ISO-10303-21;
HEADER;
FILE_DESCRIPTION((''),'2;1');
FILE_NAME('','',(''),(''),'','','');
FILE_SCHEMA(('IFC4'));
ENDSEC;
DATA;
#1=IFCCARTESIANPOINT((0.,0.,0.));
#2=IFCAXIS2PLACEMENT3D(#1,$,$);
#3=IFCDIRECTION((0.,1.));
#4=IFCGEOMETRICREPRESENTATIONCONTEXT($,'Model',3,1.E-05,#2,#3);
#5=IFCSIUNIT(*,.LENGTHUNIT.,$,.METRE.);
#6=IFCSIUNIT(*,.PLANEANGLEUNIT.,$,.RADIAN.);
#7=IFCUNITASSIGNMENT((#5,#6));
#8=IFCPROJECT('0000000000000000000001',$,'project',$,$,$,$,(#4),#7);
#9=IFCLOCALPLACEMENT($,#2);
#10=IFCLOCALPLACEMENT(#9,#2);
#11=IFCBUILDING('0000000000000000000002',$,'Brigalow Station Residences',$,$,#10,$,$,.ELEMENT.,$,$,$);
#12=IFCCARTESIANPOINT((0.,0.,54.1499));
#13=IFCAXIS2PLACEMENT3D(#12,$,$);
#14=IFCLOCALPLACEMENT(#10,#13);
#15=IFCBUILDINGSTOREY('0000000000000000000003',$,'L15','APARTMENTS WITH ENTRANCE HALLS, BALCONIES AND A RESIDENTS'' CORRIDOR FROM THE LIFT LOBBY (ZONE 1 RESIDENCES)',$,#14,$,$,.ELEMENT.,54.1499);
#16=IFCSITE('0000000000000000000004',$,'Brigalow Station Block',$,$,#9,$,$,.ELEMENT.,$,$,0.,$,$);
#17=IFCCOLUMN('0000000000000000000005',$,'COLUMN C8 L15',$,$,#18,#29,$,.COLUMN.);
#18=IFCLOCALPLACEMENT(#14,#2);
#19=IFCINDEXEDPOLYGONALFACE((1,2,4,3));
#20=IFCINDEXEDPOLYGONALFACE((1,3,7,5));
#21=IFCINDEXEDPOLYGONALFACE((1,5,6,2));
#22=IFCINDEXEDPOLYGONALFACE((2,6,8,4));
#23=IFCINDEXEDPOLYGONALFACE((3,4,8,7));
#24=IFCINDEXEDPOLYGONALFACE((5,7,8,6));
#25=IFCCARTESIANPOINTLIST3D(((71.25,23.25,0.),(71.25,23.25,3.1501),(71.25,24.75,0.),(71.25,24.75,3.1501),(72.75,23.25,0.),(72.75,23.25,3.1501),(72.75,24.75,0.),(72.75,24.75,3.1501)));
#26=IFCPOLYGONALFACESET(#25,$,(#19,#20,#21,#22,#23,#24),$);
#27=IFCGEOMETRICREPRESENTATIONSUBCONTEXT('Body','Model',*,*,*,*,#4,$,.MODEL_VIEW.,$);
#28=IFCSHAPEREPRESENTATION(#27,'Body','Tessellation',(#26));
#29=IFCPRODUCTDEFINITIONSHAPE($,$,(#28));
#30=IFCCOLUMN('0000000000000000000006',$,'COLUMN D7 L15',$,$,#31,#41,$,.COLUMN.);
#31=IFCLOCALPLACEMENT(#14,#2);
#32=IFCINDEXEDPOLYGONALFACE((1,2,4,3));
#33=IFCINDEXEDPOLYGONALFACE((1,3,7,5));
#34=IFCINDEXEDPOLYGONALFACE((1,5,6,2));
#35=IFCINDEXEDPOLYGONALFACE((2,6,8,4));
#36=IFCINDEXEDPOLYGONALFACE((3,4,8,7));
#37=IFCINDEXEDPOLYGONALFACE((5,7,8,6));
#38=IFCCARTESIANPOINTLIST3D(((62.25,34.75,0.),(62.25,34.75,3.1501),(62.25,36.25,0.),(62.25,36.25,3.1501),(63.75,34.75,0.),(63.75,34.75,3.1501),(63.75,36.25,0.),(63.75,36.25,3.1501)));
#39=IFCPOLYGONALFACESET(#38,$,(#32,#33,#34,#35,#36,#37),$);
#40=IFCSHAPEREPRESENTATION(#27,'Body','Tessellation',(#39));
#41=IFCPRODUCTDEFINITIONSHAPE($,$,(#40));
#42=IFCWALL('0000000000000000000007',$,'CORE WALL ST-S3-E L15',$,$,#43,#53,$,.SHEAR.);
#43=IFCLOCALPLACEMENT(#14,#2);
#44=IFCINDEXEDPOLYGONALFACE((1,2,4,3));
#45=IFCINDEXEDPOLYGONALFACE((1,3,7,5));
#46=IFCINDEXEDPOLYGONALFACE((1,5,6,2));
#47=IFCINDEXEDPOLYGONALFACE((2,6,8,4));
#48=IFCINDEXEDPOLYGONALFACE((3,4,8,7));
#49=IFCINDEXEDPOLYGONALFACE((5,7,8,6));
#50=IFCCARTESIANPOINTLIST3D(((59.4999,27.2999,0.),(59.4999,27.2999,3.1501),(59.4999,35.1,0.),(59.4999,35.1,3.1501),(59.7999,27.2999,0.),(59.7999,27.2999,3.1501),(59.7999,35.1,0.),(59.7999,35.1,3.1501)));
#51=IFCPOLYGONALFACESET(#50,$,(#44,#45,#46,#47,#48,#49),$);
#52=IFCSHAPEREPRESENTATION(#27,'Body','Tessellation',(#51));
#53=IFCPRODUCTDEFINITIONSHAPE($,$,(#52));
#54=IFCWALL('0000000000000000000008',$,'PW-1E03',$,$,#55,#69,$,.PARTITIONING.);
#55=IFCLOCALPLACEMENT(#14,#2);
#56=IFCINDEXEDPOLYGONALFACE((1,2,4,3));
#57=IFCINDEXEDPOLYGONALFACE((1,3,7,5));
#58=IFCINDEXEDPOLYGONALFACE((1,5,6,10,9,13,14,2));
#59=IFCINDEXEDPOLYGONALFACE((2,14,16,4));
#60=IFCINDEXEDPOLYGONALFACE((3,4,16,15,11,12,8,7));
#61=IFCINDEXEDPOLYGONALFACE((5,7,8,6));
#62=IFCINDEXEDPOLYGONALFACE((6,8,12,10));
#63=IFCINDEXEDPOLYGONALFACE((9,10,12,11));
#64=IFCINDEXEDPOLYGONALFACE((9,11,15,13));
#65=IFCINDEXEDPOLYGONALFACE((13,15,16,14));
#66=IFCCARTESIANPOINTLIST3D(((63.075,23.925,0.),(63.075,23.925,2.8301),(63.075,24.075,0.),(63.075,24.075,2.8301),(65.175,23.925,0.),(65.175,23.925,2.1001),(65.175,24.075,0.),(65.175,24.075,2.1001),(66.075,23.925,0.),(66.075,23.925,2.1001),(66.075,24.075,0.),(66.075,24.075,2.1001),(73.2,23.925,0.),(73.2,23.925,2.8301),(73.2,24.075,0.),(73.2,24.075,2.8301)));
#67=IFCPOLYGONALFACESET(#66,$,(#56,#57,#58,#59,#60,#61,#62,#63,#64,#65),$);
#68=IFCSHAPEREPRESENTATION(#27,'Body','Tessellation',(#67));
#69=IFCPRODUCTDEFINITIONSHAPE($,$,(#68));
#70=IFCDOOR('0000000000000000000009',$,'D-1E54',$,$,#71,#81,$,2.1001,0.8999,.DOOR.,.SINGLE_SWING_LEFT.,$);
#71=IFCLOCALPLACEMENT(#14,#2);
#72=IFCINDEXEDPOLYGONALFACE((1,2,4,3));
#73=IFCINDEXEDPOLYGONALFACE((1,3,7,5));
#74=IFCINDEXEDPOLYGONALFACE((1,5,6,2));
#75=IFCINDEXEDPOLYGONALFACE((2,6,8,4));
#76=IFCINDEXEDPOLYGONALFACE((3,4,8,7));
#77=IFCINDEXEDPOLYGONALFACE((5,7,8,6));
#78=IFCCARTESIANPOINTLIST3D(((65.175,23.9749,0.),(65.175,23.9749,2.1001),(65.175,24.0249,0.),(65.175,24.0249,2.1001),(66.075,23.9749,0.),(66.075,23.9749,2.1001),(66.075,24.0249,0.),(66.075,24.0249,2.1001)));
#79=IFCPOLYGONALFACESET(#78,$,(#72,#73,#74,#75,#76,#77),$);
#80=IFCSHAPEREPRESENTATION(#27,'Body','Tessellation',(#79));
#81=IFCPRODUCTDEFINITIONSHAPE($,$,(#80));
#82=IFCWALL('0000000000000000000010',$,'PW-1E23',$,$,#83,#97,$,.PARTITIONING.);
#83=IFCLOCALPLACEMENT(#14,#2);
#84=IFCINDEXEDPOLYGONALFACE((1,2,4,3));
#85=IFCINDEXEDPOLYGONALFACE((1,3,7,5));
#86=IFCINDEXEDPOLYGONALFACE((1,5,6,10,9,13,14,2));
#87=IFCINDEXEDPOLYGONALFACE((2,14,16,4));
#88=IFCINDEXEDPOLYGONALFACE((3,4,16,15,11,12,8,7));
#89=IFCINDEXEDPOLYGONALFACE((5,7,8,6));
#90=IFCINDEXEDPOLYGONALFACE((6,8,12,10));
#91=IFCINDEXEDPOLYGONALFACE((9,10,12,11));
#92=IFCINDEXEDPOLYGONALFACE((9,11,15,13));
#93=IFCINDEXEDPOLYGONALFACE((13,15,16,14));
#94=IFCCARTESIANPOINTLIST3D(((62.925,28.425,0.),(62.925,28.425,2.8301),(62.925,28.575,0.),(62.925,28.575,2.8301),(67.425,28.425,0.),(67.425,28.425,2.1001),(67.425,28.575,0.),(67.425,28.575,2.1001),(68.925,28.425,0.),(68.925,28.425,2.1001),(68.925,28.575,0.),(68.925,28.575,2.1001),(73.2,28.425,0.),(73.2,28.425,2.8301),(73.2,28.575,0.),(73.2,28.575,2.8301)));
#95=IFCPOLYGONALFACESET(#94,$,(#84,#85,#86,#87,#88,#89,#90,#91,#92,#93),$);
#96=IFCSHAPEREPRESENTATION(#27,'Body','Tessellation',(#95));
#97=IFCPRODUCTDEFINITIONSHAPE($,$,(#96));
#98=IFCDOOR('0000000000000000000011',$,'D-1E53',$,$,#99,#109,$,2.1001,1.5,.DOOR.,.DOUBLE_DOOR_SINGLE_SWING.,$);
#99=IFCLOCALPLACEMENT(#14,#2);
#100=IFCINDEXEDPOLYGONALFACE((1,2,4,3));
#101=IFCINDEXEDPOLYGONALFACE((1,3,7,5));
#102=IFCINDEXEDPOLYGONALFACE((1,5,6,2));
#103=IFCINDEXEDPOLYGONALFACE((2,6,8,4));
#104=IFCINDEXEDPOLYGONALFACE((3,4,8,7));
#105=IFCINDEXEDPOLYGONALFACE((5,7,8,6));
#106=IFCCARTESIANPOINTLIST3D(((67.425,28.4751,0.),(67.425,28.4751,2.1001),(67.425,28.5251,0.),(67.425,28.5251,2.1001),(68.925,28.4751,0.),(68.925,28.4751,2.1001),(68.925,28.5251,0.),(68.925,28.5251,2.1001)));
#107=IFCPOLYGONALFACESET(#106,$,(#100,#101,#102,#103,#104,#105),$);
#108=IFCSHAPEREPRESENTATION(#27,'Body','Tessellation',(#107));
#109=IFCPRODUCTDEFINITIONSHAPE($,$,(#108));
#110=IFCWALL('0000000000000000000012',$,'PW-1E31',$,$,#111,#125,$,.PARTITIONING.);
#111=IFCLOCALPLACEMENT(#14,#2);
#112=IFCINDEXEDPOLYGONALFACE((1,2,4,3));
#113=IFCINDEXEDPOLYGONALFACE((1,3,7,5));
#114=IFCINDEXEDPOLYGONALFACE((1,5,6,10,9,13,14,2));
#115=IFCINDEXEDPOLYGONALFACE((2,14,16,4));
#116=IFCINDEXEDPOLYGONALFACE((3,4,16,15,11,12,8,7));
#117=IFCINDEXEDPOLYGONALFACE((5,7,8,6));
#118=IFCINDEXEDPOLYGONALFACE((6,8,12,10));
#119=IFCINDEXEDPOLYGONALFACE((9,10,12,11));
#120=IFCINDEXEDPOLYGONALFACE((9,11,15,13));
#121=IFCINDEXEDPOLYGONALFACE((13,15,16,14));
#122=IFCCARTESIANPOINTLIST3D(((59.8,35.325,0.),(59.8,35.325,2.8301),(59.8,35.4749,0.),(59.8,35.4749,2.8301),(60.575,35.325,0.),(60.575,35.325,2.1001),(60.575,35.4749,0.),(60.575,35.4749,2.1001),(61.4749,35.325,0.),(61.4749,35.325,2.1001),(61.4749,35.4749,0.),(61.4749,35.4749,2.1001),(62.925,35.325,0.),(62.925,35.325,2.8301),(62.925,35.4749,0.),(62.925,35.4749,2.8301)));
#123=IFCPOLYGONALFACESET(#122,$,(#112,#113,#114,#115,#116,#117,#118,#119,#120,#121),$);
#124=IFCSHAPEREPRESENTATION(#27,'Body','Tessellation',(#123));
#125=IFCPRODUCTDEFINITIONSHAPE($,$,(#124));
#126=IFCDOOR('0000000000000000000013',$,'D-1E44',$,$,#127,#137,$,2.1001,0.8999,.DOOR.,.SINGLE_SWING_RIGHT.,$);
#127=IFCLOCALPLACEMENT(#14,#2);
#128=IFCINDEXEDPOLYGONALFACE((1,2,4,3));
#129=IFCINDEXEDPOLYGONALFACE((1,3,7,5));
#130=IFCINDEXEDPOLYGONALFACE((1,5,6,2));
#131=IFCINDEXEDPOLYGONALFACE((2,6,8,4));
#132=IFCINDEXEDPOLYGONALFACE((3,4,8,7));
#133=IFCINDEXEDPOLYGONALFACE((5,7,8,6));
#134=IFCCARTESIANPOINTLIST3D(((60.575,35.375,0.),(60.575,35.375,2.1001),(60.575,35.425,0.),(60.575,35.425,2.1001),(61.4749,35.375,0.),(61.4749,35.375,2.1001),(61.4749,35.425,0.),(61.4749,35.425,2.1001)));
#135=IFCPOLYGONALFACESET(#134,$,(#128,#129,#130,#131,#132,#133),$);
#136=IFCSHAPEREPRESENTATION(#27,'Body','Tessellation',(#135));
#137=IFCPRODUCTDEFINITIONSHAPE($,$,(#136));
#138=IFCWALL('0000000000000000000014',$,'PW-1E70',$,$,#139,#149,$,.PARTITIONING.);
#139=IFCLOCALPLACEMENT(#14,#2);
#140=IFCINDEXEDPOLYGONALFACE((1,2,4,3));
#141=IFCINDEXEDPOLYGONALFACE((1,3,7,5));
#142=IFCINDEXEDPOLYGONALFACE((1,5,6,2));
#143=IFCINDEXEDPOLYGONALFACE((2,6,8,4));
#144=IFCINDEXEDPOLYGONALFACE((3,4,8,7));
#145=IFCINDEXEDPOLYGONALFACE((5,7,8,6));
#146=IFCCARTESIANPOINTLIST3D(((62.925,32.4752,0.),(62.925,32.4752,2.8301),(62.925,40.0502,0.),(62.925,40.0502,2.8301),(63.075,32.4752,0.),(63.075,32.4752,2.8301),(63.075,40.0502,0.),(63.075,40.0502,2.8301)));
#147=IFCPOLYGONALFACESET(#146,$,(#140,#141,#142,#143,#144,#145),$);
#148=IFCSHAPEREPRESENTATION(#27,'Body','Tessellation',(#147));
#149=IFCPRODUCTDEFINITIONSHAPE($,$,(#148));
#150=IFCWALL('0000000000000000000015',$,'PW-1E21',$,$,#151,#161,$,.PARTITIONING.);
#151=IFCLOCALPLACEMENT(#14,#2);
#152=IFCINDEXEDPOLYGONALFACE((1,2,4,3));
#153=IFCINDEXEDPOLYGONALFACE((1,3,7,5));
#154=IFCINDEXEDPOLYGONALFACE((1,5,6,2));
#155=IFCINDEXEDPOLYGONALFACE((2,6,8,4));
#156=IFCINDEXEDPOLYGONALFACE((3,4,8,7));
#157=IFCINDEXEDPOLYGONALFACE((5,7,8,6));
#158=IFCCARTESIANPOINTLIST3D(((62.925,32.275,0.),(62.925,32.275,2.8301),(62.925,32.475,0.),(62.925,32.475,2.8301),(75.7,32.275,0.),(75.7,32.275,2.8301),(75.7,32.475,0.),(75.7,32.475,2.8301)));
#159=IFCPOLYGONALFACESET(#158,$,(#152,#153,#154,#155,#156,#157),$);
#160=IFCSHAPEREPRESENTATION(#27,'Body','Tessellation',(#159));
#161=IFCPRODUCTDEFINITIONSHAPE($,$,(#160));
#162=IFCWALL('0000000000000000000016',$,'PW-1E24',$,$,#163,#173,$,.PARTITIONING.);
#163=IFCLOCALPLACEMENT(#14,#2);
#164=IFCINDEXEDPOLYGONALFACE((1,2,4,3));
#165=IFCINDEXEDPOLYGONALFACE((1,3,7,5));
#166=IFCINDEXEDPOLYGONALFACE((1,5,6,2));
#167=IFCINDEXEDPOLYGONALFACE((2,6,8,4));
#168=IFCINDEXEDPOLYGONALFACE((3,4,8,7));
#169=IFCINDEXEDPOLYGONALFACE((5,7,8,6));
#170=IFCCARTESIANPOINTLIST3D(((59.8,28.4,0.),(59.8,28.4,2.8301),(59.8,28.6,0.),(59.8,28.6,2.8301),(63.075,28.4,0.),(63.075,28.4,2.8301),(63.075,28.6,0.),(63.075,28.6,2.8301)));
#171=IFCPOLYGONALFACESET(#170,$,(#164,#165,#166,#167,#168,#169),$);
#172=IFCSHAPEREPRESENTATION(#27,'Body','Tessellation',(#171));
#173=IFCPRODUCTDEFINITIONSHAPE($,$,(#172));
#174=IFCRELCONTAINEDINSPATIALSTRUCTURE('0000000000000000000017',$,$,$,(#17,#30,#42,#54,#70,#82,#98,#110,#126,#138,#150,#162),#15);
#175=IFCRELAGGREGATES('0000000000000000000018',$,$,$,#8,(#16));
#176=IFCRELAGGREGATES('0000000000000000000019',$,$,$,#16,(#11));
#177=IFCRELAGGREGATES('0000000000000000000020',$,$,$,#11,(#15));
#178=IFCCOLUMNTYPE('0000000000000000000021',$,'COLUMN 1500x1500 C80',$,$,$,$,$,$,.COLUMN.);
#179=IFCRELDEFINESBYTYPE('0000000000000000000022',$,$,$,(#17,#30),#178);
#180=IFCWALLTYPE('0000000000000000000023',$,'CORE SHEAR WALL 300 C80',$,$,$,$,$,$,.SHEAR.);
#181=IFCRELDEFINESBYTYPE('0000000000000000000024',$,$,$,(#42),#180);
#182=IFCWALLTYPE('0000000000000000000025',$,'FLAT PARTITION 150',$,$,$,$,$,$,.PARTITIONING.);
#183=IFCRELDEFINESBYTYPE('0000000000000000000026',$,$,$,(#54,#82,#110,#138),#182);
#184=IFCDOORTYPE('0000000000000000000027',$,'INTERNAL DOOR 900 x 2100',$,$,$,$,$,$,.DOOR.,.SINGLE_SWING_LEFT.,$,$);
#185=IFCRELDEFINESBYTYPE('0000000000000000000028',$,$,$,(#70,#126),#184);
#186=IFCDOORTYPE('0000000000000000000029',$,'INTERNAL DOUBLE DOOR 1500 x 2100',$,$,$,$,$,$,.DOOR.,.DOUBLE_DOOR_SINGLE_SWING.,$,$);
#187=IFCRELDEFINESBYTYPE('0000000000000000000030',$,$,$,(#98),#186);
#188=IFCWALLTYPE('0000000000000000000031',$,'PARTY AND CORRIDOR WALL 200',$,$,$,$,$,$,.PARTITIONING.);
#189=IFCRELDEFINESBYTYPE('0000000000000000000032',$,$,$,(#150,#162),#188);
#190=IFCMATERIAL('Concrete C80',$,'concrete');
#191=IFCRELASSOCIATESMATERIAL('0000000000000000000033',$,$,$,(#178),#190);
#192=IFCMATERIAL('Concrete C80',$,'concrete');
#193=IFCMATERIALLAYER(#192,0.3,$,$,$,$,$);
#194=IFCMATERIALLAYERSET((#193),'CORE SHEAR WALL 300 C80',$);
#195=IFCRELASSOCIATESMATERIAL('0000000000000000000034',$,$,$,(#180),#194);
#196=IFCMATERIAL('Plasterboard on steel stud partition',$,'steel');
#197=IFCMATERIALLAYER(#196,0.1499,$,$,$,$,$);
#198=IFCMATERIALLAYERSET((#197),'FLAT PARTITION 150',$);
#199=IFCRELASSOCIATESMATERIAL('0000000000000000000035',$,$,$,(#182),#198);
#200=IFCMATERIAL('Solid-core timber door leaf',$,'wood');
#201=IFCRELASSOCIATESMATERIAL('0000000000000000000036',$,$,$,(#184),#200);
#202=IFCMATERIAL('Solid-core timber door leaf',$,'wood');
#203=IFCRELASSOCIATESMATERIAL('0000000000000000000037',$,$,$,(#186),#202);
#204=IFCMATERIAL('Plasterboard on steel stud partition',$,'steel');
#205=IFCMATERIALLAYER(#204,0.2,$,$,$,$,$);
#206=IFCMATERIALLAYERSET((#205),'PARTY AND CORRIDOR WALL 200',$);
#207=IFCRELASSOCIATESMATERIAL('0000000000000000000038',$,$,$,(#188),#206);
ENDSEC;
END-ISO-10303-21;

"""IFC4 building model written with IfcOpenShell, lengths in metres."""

from ifc_helpers import new_model, si_unit, direction, frame, frame_2d, origin, origin_2d, place, context, subcontext, project, spatial, rectangle, extrude, material, layer, layer_set, material_profile, profile_set, type_object, element, fill, save


model = new_model("IFC4")

# Units and contexts
model_context = context("Model", 3, precision=1e-05, world=origin(), true_north=direction((0.0, 1.0)))
body_context = subcontext(model_context, "Body", "Model", "MODEL_VIEW")
ifc_project = project(units=[si_unit("LENGTHUNIT", "METRE"), si_unit("PLANEANGLEUNIT", "RADIAN")], contexts=[model_context])

# Site, building, storey
site_placement = place(None, origin())
site = spatial("IfcSite", under=ifc_project, at=site_placement, Name="Brigalow Station Block", CompositionType="ELEMENT", RefElevation=0.0)
building_placement = place(site_placement, origin())
building = spatial("IfcBuilding", under=site, at=building_placement, Name="Brigalow Station Residences", CompositionType="ELEMENT")
storey_placement = place(building_placement, frame((0.0, 0.0, 54.1499)))
storey = spatial("IfcBuildingStorey", under=building, at=storey_placement, Name="L15", Description="APARTMENTS WITH ENTRANCE HALLS, BALCONIES AND A RESIDENTS' CORRIDOR FROM THE LIFT LOBBY (ZONE 1 RESIDENCES)", CompositionType="ELEMENT", Elevation=54.1499)

# Columns
ifc_material_1 = material(Name="Concrete C80", Category="concrete")
ifc_material_profile = material_profile(ifc_material_1, rectangle(XDim=1.5, YDim=1.5, at=origin_2d()), Name="RC1500x1500")
ifc_profile_set = profile_set([ifc_material_profile], Name="Concrete C80")
column_type = type_object("IfcColumnType", Name="COLUMN 1500x1500 C80", PredefinedType="COLUMN", material=ifc_profile_set)
for number, where, z_axis, x_axis, name in (
    (1, (72.0, 24.0, 0.0), (0.0, 0.0, 1.0), (1.0, 0.0, 0.0), "COLUMN C8 L15"),
    (2, (63.0, 35.5, 0.0), (0.0, 0.0, 1.0), (1.0, 0.0, 0.0), "COLUMN D7 L15"),
):
    element("IfcColumn", number, at=place(storey_placement, frame(where, z_axis=z_axis, x_axis=x_axis)), inside=storey, type_object=column_type, Name=name, PredefinedType="COLUMN", context=body_context, shape_type="SweptSolid", body=[
        extrude(rectangle(XDim=1.5, YDim=1.5, at=origin_2d()), origin(), (0.0, 0.0, 1.0), 3.1501),
    ])

# Wall
ifc_material_2 = material(Name="Concrete C80", Category="concrete")
ifc_layer_1 = layer(ifc_material_2, 0.3)
ifc_layer_set_1 = layer_set([ifc_layer_1], Name="CORE SHEAR WALL 300 C80")
wall_type_1 = type_object("IfcWallType", Name="CORE SHEAR WALL 300 C80", PredefinedType="SHEAR", material=ifc_layer_set_1)
wall_1_placement = place(storey_placement, frame((59.6499, 27.3, 0.0), z_axis=(0.0, 0.0, 1.0), x_axis=(0.0, 1.0, 0.0)))
element("IfcWall", 3, at=wall_1_placement, inside=storey, type_object=wall_type_1, Name="CORE WALL ST-S3-E L15", PredefinedType="SHEAR", context=body_context, shape_type="SweptSolid", body=[
    extrude(rectangle(XDim=7.8, YDim=0.3, at=frame_2d((3.8999, 0.0))), origin(), (0.0, 0.0, 1.0), 3.1501),
])

# Walls, openings, doors
ifc_material_3 = material(Name="Plasterboard on steel stud partition", Category="steel")
ifc_layer_2 = layer(ifc_material_3, 0.1499)
ifc_layer_set_2 = layer_set([ifc_layer_2], Name="FLAT PARTITION 150")
wall_type_2 = type_object("IfcWallType", Name="FLAT PARTITION 150", PredefinedType="PARTITIONING", material=ifc_layer_set_2)
wall_2_placement = place(storey_placement, frame((63.075, 24.0, 0.0), z_axis=(0.0, 0.0, 1.0), x_axis=(1.0, 0.0, 0.0)))
wall_2 = element("IfcWall", 4, at=wall_2_placement, inside=storey, type_object=wall_type_2, Name="PW-1E03", PredefinedType="PARTITIONING", context=body_context, shape_type="SweptSolid", body=[
    extrude(rectangle(XDim=10.125, YDim=0.1499, at=frame_2d((5.0625, 0.0))), origin(), (0.0, 0.0, 1.0), 2.8301),
])
opening_1_placement = place(wall_2_placement, frame((2.1001, 0.0, 0.0)))
opening_1 = element("IfcOpeningElement", 5, at=opening_1_placement, cuts=wall_2, PredefinedType="OPENING", context=body_context, shape_type="SweptSolid", body=[
    extrude(rectangle(XDim=0.8999, YDim=2.1001, at=frame_2d((0.45, 1.05))), frame((0.0, 0.085, 0.0), z_axis=(0.0, -1.0, 0.0), x_axis=(1.0, 0.0, 0.0)), (0.0, 0.0, 1.0), 0.1699),
])
ifc_material_4 = material(Name="Solid-core timber door leaf", Category="wood")
door_type_1 = type_object("IfcDoorType", Name="INTERNAL DOOR 900 x 2100", OperationType="SINGLE_SWING_LEFT", PredefinedType="DOOR", material=ifc_material_4)
door_1_placement = place(opening_1_placement, origin())
door_1 = element("IfcDoor", 6, at=door_1_placement, inside=storey, type_object=door_type_1, Name="D-1E54", OperationType="SINGLE_SWING_LEFT", OverallHeight=2.1001, OverallWidth=0.8999, PredefinedType="DOOR", context=body_context, shape_type="SweptSolid", body=[
    extrude(rectangle(XDim=0.8999, YDim=2.1001, at=frame_2d((0.45, 1.05))), frame((0.0, 0.0249, 0.0), z_axis=(0.0, -1.0, 0.0), x_axis=(1.0, 0.0, 0.0)), (0.0, 0.0, 1.0), 0.05),
])
fill(opening_1, door_1)
wall_3_placement = place(storey_placement, frame((62.925, 28.5, 0.0), z_axis=(0.0, 0.0, 1.0), x_axis=(1.0, 0.0, 0.0)))
wall_3 = element("IfcWall", 7, at=wall_3_placement, inside=storey, type_object=wall_type_2, Name="PW-1E23", PredefinedType="PARTITIONING", context=body_context, shape_type="SweptSolid", body=[
    extrude(rectangle(XDim=10.2749, YDim=0.1499, at=frame_2d((5.1375, 0.0))), origin(), (0.0, 0.0, 1.0), 2.8301),
])
opening_2_placement = place(wall_3_placement, frame((4.5, 0.0, 0.0)))
opening_2 = element("IfcOpeningElement", 8, at=opening_2_placement, cuts=wall_3, PredefinedType="OPENING", context=body_context, shape_type="SweptSolid", body=[
    extrude(rectangle(XDim=1.5, YDim=2.1001, at=frame_2d((0.75, 1.05))), frame((0.0, 0.085, 0.0), z_axis=(0.0, -1.0, 0.0), x_axis=(1.0, 0.0, 0.0)), (0.0, 0.0, 1.0), 0.1699),
])
ifc_material_5 = material(Name="Solid-core timber door leaf", Category="wood")
door_type_2 = type_object("IfcDoorType", Name="INTERNAL DOUBLE DOOR 1500 x 2100", OperationType="DOUBLE_DOOR_SINGLE_SWING", PredefinedType="DOOR", material=ifc_material_5)
door_2_placement = place(opening_2_placement, frame((1.5, 0.0, 0.0), z_axis=(0.0, 0.0, 1.0), x_axis=(-1.0, 0.0, 0.0)))
door_2 = element("IfcDoor", 9, at=door_2_placement, inside=storey, type_object=door_type_2, Name="D-1E53", OperationType="DOUBLE_DOOR_SINGLE_SWING", OverallHeight=2.1001, OverallWidth=1.5, PredefinedType="DOOR", context=body_context, shape_type="SweptSolid", body=[
    extrude(rectangle(XDim=1.5, YDim=2.1001, at=frame_2d((0.75, 1.05))), frame((0.0, 0.0249, 0.0), z_axis=(0.0, -1.0, 0.0), x_axis=(1.0, 0.0, 0.0)), (0.0, 0.0, 1.0), 0.05),
])
fill(opening_2, door_2)
wall_4_placement = place(storey_placement, frame((59.8, 35.3999, 0.0), z_axis=(0.0, 0.0, 1.0), x_axis=(1.0, 0.0, 0.0)))
wall_4 = element("IfcWall", 10, at=wall_4_placement, inside=storey, type_object=wall_type_2, Name="PW-1E31", PredefinedType="PARTITIONING", context=body_context, shape_type="SweptSolid", body=[
    extrude(rectangle(XDim=3.125, YDim=0.1499, at=frame_2d((1.5625, 0.0))), origin(), (0.0, 0.0, 1.0), 2.8301),
])
opening_3_placement = place(wall_4_placement, frame((0.7749, 0.0, 0.0)))
opening_3 = element("IfcOpeningElement", 11, at=opening_3_placement, cuts=wall_4, PredefinedType="OPENING", context=body_context, shape_type="SweptSolid", body=[
    extrude(rectangle(XDim=0.8999, YDim=2.1001, at=frame_2d((0.45, 1.05))), frame((0.0, 0.085, 0.0), z_axis=(0.0, -1.0, 0.0), x_axis=(1.0, 0.0, 0.0)), (0.0, 0.0, 1.0), 0.1699),
])
door_3_placement = place(opening_3_placement, frame((0.8999, 0.0, 0.0), z_axis=(0.0, 0.0, 1.0), x_axis=(-1.0, 0.0, 0.0)))
door_3 = element("IfcDoor", 12, at=door_3_placement, inside=storey, type_object=door_type_1, Name="D-1E44", OperationType="SINGLE_SWING_RIGHT", OverallHeight=2.1001, OverallWidth=0.8999, PredefinedType="DOOR", context=body_context, shape_type="SweptSolid", body=[
    extrude(rectangle(XDim=0.8999, YDim=2.1001, at=frame_2d((0.45, 1.05))), frame((0.0, 0.0249, 0.0), z_axis=(0.0, -1.0, 0.0), x_axis=(1.0, 0.0, 0.0)), (0.0, 0.0, 1.0), 0.05),
])
fill(opening_3, door_3)

# Walls
wall_5_placement = place(storey_placement, frame((63.0, 32.4751, 0.0), z_axis=(0.0, 0.0, 1.0), x_axis=(0.0, 1.0, 0.0)))
element("IfcWall", 13, at=wall_5_placement, inside=storey, type_object=wall_type_2, Name="PW-1E70", PredefinedType="PARTITIONING", context=body_context, shape_type="SweptSolid", body=[
    extrude(rectangle(XDim=7.575, YDim=0.1499, at=frame_2d((3.7876, 0.0))), origin(), (0.0, 0.0, 1.0), 2.8301),
])
ifc_material_6 = material(Name="Plasterboard on steel stud partition", Category="steel")
ifc_layer_3 = layer(ifc_material_6, 0.2)
ifc_layer_set_3 = layer_set([ifc_layer_3], Name="PARTY AND CORRIDOR WALL 200")
wall_type_3 = type_object("IfcWallType", Name="PARTY AND CORRIDOR WALL 200", PredefinedType="PARTITIONING", material=ifc_layer_set_3)
wall_6_placement = place(storey_placement, frame((62.925, 32.375, 0.0), z_axis=(0.0, 0.0, 1.0), x_axis=(1.0, 0.0, 0.0)))
element("IfcWall", 14, at=wall_6_placement, inside=storey, type_object=wall_type_3, Name="PW-1E21", PredefinedType="PARTITIONING", context=body_context, shape_type="SweptSolid", body=[
    extrude(rectangle(XDim=12.7749, YDim=0.2, at=frame_2d((6.3875, 0.0))), origin(), (0.0, 0.0, 1.0), 2.8301),
])
wall_7_placement = place(storey_placement, frame((59.8, 28.5, 0.0), z_axis=(0.0, 0.0, 1.0), x_axis=(1.0, 0.0, 0.0)))
element("IfcWall", 15, at=wall_7_placement, inside=storey, type_object=wall_type_3, Name="PW-1E24", PredefinedType="PARTITIONING", context=body_context, shape_type="SweptSolid", body=[
    extrude(rectangle(XDim=3.2749, YDim=0.2, at=frame_2d((1.6375, 0.0))), origin(), (0.0, 0.0, 1.0), 2.8301),
])

save(model, "model.ifc")
